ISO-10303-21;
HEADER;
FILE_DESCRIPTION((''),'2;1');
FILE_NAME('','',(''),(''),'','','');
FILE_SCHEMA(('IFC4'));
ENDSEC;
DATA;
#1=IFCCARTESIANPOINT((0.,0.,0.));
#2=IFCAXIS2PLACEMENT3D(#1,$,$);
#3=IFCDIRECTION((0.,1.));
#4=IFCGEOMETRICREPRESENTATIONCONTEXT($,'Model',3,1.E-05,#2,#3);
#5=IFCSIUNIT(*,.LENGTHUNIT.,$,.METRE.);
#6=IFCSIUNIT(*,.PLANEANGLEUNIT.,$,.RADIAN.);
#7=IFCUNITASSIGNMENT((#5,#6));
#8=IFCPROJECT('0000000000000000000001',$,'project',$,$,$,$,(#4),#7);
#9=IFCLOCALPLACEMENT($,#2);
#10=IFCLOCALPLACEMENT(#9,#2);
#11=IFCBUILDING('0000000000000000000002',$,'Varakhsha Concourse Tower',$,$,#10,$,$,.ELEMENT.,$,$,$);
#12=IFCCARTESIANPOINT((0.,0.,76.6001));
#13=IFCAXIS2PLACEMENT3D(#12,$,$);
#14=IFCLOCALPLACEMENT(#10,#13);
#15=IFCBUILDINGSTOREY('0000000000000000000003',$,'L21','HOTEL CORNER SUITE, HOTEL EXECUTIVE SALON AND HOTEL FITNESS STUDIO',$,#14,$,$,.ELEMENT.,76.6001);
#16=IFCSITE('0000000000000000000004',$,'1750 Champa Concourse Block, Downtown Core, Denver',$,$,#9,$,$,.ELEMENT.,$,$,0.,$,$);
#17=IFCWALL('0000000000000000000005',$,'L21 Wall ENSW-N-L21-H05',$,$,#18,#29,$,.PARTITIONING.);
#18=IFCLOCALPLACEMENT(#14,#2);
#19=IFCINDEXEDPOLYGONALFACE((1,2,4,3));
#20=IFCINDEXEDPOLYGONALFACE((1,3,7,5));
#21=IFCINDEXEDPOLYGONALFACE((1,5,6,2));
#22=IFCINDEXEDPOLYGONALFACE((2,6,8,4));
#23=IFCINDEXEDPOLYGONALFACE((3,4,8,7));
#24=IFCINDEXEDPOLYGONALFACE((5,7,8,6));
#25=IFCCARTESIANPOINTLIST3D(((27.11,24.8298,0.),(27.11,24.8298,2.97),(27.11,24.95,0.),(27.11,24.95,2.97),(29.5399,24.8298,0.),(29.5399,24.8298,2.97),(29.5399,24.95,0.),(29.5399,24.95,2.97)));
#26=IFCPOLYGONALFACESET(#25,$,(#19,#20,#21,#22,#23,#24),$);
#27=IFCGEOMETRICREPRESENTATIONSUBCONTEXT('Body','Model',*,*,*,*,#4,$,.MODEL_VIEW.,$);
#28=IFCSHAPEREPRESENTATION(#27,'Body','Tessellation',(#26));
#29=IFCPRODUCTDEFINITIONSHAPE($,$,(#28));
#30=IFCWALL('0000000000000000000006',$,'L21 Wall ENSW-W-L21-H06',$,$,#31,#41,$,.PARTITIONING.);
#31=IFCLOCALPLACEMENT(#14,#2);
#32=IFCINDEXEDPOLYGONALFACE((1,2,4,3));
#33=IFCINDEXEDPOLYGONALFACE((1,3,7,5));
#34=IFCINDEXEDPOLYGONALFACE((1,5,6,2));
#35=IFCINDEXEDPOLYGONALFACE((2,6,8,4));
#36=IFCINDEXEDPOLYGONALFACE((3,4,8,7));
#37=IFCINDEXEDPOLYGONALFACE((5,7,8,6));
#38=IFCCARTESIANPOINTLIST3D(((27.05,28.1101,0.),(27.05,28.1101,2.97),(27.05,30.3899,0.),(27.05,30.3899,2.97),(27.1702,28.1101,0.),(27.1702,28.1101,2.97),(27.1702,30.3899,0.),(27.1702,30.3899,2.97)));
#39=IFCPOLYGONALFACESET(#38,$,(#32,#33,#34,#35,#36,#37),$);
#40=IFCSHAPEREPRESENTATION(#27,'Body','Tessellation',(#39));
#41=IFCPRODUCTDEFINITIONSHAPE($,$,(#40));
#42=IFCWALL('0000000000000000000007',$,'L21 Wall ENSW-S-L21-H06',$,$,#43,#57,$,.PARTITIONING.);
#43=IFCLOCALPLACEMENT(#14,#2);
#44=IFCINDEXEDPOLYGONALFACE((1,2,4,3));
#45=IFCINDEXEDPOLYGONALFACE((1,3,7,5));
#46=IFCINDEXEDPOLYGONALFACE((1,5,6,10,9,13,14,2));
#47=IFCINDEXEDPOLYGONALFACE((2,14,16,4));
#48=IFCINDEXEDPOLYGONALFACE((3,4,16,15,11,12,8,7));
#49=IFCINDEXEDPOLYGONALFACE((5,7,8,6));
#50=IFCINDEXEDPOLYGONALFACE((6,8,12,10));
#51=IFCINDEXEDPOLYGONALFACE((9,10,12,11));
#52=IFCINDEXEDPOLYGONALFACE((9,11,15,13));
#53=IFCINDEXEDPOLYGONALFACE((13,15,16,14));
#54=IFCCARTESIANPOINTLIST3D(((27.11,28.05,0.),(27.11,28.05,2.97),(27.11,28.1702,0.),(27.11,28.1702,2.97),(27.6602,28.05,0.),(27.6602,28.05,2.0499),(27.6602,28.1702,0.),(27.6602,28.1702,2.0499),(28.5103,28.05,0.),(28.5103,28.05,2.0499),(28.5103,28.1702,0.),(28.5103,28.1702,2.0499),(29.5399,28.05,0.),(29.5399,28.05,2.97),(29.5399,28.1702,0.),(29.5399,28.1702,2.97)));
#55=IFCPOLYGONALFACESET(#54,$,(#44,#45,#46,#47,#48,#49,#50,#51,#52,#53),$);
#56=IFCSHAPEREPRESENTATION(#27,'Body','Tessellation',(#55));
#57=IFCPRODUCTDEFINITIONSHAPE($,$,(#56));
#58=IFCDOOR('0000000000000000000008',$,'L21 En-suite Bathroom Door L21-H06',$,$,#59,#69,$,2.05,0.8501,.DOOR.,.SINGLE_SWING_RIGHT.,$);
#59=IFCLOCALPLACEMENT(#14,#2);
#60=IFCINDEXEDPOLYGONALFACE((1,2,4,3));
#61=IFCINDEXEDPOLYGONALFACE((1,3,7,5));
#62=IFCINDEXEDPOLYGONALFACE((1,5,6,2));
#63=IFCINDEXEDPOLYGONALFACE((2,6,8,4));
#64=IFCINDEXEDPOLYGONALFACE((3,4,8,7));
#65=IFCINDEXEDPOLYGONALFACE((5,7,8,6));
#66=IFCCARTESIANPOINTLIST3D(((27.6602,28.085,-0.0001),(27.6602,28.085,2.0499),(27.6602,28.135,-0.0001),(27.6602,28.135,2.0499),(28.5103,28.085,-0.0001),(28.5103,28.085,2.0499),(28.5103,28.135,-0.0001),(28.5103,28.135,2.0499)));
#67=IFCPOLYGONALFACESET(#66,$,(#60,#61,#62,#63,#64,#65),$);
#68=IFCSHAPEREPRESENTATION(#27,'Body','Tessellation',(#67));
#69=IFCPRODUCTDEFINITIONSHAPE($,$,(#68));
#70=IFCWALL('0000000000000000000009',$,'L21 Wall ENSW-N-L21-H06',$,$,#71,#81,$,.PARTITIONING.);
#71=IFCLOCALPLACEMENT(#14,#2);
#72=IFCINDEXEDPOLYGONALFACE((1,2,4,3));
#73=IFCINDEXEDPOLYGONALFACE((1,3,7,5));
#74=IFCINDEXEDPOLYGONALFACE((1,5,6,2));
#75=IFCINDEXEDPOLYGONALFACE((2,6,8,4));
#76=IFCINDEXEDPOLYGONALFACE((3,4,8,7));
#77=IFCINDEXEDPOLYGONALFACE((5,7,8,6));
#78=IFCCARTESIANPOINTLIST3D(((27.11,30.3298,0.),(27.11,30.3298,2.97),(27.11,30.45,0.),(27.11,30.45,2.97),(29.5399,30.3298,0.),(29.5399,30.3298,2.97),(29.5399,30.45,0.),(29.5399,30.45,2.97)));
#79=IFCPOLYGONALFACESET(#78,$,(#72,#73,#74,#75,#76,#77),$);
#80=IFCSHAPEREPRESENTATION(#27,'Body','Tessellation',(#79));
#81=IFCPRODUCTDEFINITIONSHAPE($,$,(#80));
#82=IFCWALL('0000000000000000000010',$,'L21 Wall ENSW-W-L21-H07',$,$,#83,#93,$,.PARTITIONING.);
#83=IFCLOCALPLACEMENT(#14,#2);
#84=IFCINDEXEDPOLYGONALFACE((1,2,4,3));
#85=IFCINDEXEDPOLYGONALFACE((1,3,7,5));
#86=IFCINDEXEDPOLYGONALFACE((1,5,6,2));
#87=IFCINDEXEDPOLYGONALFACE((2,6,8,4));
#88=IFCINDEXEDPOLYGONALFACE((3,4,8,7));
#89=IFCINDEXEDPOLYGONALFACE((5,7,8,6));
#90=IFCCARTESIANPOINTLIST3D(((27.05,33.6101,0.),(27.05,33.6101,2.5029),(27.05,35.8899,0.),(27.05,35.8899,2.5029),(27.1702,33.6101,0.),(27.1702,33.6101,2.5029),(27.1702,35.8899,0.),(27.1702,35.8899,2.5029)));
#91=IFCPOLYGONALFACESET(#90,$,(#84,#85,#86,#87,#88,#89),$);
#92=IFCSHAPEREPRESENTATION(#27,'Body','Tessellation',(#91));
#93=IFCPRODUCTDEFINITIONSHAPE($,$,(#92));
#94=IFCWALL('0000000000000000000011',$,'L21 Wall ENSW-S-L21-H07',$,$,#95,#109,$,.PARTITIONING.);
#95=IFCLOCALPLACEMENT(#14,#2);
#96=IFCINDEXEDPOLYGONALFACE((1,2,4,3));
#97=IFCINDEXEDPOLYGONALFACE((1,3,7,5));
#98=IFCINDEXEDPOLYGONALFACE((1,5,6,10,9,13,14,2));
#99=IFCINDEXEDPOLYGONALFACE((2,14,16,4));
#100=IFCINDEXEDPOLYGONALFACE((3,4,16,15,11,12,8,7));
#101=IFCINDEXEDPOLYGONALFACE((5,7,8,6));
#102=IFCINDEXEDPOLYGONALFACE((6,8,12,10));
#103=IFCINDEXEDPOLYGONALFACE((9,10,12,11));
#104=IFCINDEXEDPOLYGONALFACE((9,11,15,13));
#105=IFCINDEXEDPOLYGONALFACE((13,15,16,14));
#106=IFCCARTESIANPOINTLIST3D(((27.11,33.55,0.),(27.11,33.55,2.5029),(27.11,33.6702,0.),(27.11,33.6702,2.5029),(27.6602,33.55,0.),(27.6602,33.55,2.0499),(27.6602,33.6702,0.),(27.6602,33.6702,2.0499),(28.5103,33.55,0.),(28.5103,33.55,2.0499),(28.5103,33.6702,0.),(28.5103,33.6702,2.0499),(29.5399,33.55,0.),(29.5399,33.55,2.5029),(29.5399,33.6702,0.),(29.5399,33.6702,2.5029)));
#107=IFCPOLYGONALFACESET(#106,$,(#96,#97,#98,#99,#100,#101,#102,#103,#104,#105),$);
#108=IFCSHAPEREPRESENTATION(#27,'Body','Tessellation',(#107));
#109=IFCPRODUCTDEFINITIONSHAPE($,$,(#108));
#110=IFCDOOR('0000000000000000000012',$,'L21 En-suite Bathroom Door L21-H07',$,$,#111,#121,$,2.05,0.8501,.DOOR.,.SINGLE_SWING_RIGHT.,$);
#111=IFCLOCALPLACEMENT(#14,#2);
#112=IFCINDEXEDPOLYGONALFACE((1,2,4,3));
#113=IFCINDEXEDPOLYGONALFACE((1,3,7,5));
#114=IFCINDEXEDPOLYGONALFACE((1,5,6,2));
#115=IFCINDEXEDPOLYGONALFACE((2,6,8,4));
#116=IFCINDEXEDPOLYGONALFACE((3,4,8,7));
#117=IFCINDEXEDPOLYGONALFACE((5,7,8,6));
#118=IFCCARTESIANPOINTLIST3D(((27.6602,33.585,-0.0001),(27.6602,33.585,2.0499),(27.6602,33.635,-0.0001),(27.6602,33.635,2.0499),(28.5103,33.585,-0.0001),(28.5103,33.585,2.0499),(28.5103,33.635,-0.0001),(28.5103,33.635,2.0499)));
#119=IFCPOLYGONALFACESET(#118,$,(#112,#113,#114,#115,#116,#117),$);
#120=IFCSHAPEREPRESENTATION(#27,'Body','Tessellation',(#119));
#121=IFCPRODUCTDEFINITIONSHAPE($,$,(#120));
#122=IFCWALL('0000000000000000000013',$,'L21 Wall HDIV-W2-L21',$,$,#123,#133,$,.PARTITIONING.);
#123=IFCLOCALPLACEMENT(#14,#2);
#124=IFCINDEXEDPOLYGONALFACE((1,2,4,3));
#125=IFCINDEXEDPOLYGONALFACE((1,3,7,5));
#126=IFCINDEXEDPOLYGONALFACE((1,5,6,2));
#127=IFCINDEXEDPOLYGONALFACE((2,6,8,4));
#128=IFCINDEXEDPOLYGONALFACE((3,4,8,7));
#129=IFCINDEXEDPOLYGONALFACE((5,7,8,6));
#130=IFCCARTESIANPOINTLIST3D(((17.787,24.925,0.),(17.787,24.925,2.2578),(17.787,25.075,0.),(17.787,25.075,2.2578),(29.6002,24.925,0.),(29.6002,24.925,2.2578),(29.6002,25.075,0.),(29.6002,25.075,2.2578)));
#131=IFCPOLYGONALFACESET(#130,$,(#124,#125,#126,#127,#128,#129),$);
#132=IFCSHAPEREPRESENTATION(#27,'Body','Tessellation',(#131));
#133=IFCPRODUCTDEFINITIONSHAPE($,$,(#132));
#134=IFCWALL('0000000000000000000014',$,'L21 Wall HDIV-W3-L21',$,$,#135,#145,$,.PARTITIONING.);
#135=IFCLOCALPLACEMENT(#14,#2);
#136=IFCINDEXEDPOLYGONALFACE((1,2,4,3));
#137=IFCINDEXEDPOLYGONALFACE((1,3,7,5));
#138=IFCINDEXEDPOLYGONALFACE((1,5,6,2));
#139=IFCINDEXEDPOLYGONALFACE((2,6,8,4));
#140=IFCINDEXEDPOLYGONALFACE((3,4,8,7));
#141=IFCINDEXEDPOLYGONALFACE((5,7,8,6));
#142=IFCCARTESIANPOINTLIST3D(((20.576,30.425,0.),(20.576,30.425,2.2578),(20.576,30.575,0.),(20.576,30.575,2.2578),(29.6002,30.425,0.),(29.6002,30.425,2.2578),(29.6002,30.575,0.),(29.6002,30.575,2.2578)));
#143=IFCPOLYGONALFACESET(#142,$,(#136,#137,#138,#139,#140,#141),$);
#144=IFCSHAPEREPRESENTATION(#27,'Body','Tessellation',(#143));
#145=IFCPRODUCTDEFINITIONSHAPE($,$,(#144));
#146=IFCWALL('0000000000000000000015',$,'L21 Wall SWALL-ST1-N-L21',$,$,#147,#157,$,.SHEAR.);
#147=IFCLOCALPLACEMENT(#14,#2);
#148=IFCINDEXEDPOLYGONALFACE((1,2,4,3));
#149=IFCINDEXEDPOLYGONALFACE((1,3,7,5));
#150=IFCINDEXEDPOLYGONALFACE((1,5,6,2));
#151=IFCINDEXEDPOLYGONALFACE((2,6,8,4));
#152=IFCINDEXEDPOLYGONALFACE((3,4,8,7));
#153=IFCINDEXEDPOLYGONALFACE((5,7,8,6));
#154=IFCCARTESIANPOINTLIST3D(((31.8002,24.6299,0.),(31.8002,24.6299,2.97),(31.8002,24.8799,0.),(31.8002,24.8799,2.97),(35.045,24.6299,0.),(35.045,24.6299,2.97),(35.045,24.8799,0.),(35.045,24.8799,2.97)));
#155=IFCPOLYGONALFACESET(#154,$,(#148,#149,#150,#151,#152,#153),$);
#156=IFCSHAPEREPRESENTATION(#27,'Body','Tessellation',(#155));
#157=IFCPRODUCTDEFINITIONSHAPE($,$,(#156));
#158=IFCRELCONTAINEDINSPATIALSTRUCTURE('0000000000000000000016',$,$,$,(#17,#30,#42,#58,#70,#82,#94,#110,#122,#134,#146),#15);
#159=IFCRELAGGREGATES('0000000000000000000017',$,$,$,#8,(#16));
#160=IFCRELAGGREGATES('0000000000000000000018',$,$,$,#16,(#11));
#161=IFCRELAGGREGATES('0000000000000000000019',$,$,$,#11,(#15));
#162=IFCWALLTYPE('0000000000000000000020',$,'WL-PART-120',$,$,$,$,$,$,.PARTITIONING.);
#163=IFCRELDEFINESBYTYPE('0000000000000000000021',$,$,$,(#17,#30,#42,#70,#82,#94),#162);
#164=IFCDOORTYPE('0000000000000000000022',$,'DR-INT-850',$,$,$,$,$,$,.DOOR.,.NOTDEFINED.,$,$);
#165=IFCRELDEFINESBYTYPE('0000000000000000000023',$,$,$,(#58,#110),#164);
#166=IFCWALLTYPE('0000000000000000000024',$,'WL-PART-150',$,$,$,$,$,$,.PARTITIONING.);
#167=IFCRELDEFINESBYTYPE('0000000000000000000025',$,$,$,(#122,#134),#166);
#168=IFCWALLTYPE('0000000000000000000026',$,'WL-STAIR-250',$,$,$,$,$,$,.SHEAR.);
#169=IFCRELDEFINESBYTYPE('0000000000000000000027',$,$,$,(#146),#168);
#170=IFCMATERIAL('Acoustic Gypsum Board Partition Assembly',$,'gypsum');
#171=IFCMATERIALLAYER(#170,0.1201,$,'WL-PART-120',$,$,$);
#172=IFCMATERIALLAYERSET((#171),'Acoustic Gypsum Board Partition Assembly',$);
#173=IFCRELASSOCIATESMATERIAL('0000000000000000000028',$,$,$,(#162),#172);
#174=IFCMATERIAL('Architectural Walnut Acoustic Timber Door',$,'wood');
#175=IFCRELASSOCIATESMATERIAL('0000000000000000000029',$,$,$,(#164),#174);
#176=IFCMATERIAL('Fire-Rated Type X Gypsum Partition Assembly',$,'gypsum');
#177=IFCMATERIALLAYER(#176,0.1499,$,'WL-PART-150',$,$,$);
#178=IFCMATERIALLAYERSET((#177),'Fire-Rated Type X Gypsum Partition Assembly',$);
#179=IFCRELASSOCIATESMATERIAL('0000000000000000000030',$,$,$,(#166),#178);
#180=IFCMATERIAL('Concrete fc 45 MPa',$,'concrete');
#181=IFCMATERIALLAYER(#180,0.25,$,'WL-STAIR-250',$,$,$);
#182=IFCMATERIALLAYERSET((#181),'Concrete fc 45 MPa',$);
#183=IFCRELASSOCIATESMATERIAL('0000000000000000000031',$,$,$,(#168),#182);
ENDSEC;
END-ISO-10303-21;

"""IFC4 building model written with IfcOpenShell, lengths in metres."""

from ifc_helpers import new_model, si_unit, direction, frame, frame_2d, origin, place, context, subcontext, project, spatial, rectangle, extrude, material, layer, layer_set, type_object, element, fill, save


model = new_model("IFC4")

# Units and contexts
model_context = context("Model", 3, precision=1e-05, world=origin(), true_north=direction((0.0, 1.0)))
body_context = subcontext(model_context, "Body", "Model", "MODEL_VIEW")
ifc_project = project(units=[si_unit("LENGTHUNIT", "METRE"), si_unit("PLANEANGLEUNIT", "RADIAN")], contexts=[model_context])

# Site, building, storey
site_placement = place(None, origin())
site = spatial("IfcSite", under=ifc_project, at=site_placement, Name="1750 Champa Concourse Block, Downtown Core, Denver", CompositionType="ELEMENT", RefElevation=0.0)
building_placement = place(site_placement, origin())
building = spatial("IfcBuilding", under=site, at=building_placement, Name="Varakhsha Concourse Tower", CompositionType="ELEMENT")
storey_placement = place(building_placement, frame((0.0, 0.0, 76.6001)))
storey = spatial("IfcBuildingStorey", under=building, at=storey_placement, Name="L21", Description="HOTEL CORNER SUITE, HOTEL EXECUTIVE SALON AND HOTEL FITNESS STUDIO", CompositionType="ELEMENT", Elevation=76.6001)

# Shared definitions
ifc_material_1 = material(Name="Acoustic Gypsum Board Partition Assembly", Category="gypsum")
ifc_layer_1 = layer(ifc_material_1, 0.1201, Name="WL-PART-120")
ifc_layer_set_1 = layer_set([ifc_layer_1], Name="Acoustic Gypsum Board Partition Assembly")
wall_type_1 = type_object("IfcWallType", Name="WL-PART-120", PredefinedType="PARTITIONING", material=ifc_layer_set_1)

# Shared definitions
ifc_material_2 = material(Name="Architectural Walnut Acoustic Timber Door", Category="wood")
door_type = type_object("IfcDoorType", Name="DR-INT-850", OperationType="NOTDEFINED", PredefinedType="DOOR", material=ifc_material_2)

# Walls
wall_1_placement = place(storey_placement, frame((27.1101, 24.8899, 0.0), z_axis=(0.0, 0.0, 1.0), x_axis=(1.0, 0.0, 0.0)))
element("IfcWall", 1, at=wall_1_placement, inside=storey, type_object=wall_type_1, Name="L21 Wall ENSW-N-L21-H05", PredefinedType="PARTITIONING", context=body_context, shape_type="SweptSolid", body=[
    extrude(rectangle(XDim=2.4299, YDim=0.1201, at=frame_2d((1.2148, 0.0))), origin(), (0.0, 0.0, 1.0), 2.97),
])
wall_2_placement = place(storey_placement, frame((27.1101, 28.1101, 0.0), z_axis=(0.0, 0.0, 1.0), x_axis=(0.0, 1.0, 0.0)))
element("IfcWall", 2, at=wall_2_placement, inside=storey, type_object=wall_type_1, Name="L21 Wall ENSW-W-L21-H06", PredefinedType="PARTITIONING", context=body_context, shape_type="SweptSolid", body=[
    extrude(rectangle(XDim=2.2798, YDim=0.1201, at=frame_2d((1.1399, 0.0))), origin(), (0.0, 0.0, 1.0), 2.97),
])

# Wall, opening, door
wall_3_placement = place(storey_placement, frame((27.1101, 28.1101, 0.0), z_axis=(0.0, 0.0, 1.0), x_axis=(1.0, 0.0, 0.0)))
wall_3 = element("IfcWall", 3, at=wall_3_placement, inside=storey, type_object=wall_type_1, Name="L21 Wall ENSW-S-L21-H06", PredefinedType="PARTITIONING", context=body_context, shape_type="SweptSolid", body=[
    extrude(rectangle(XDim=2.4299, YDim=0.1201, at=frame_2d((1.2148, 0.0))), origin(), (0.0, 0.0, 1.0), 2.97),
])
opening_1_placement = place(wall_3_placement, frame((0.55, 0.0, 0.0)))
opening_1 = element("IfcOpeningElement", 4, at=opening_1_placement, cuts=wall_3, PredefinedType="OPENING", context=body_context, shape_type="SweptSolid", body=[
    extrude(rectangle(XDim=0.8501, YDim=2.05, at=frame_2d((0.425, 1.0249))), frame((0.0, 0.0701, 0.0), z_axis=(0.0, -1.0, 0.0), x_axis=(1.0, 0.0, 0.0)), (0.0, 0.0, 1.0), 0.1401),
])
door_1_placement = place(opening_1_placement, origin())
door_1 = element("IfcDoor", 5, at=door_1_placement, inside=storey, type_object=door_type, Name="L21 En-suite Bathroom Door L21-H06", OperationType="SINGLE_SWING_RIGHT", OverallHeight=2.05, OverallWidth=0.8501, PredefinedType="DOOR", context=body_context, shape_type="SweptSolid", body=[
    extrude(rectangle(XDim=0.8501, YDim=2.05, at=frame_2d((0.425, 1.0249))), frame((0.0, 0.0249, 0.0), z_axis=(0.0, -1.0, 0.0), x_axis=(1.0, 0.0, 0.0)), (0.0, 0.0, 1.0), 0.05),
])
fill(opening_1, door_1)

# Walls
wall_4_placement = place(storey_placement, frame((27.1101, 30.3899, 0.0), z_axis=(0.0, 0.0, 1.0), x_axis=(1.0, 0.0, 0.0)))
element("IfcWall", 6, at=wall_4_placement, inside=storey, type_object=wall_type_1, Name="L21 Wall ENSW-N-L21-H06", PredefinedType="PARTITIONING", context=body_context, shape_type="SweptSolid", body=[
    extrude(rectangle(XDim=2.4299, YDim=0.1201, at=frame_2d((1.2148, 0.0))), origin(), (0.0, 0.0, 1.0), 2.97),
])
wall_5_placement = place(storey_placement, frame((27.1101, 33.6101, 0.0), z_axis=(0.0, 0.0, 1.0), x_axis=(0.0, 1.0, 0.0)))
element("IfcWall", 7, at=wall_5_placement, inside=storey, type_object=wall_type_1, Name="L21 Wall ENSW-W-L21-H07", PredefinedType="PARTITIONING", context=body_context, shape_type="SweptSolid", body=[
    extrude(rectangle(XDim=2.2798, YDim=0.1201, at=frame_2d((1.1399, 0.0))), origin(), (0.0, 0.0, 1.0), 2.5029),
])

# Wall, opening, door
wall_6_placement = place(storey_placement, frame((27.1101, 33.6101, 0.0), z_axis=(0.0, 0.0, 1.0), x_axis=(1.0, 0.0, 0.0)))
wall_6 = element("IfcWall", 8, at=wall_6_placement, inside=storey, type_object=wall_type_1, Name="L21 Wall ENSW-S-L21-H07", PredefinedType="PARTITIONING", context=body_context, shape_type="SweptSolid", body=[
    extrude(rectangle(XDim=2.4299, YDim=0.1201, at=frame_2d((1.2148, 0.0))), origin(), (0.0, 0.0, 1.0), 2.5029),
])
opening_2_placement = place(wall_6_placement, frame((0.55, 0.0, 0.0)))
opening_2 = element("IfcOpeningElement", 9, at=opening_2_placement, cuts=wall_6, PredefinedType="OPENING", context=body_context, shape_type="SweptSolid", body=[
    extrude(rectangle(XDim=0.8501, YDim=2.05, at=frame_2d((0.425, 1.0249))), frame((0.0, 0.0701, 0.0), z_axis=(0.0, -1.0, 0.0), x_axis=(1.0, 0.0, 0.0)), (0.0, 0.0, 1.0), 0.1401),
])
door_2_placement = place(opening_2_placement, origin())
door_2 = element("IfcDoor", 10, at=door_2_placement, inside=storey, type_object=door_type, Name="L21 En-suite Bathroom Door L21-H07", OperationType="SINGLE_SWING_RIGHT", OverallHeight=2.05, OverallWidth=0.8501, PredefinedType="DOOR", context=body_context, shape_type="SweptSolid", body=[
    extrude(rectangle(XDim=0.8501, YDim=2.05, at=frame_2d((0.425, 1.0249))), frame((0.0, 0.0249, 0.0), z_axis=(0.0, -1.0, 0.0), x_axis=(1.0, 0.0, 0.0)), (0.0, 0.0, 1.0), 0.05),
])
fill(opening_2, door_2)

# Walls
ifc_material_3 = material(Name="Fire-Rated Type X Gypsum Partition Assembly", Category="gypsum")
ifc_layer_2 = layer(ifc_material_3, 0.1499, Name="WL-PART-150")
ifc_layer_set_2 = layer_set([ifc_layer_2], Name="Fire-Rated Type X Gypsum Partition Assembly")
wall_type_2 = type_object("IfcWallType", Name="WL-PART-150", PredefinedType="PARTITIONING", material=ifc_layer_set_2)
wall_7_placement = place(storey_placement, frame((17.7869, 25.0, 0.0), z_axis=(0.0, 0.0, 1.0), x_axis=(1.0, 0.0, 0.0)))
element("IfcWall", 11, at=wall_7_placement, inside=storey, type_object=wall_type_2, Name="L21 Wall HDIV-W2-L21", PredefinedType="PARTITIONING", context=body_context, shape_type="SweptSolid", body=[
    extrude(rectangle(XDim=11.8132, YDim=0.1499, at=frame_2d((5.9067, 0.0))), origin(), (0.0, 0.0, 1.0), 2.2578),
])
wall_8_placement = place(storey_placement, frame((20.5759, 30.5, 0.0), z_axis=(0.0, 0.0, 1.0), x_axis=(1.0, 0.0, 0.0)))
element("IfcWall", 12, at=wall_8_placement, inside=storey, type_object=wall_type_2, Name="L21 Wall HDIV-W3-L21", PredefinedType="PARTITIONING", context=body_context, shape_type="SweptSolid", body=[
    extrude(rectangle(XDim=9.0242, YDim=0.1499, at=frame_2d((4.5122, 0.0))), origin(), (0.0, 0.0, 1.0), 2.2578),
])
ifc_material_4 = material(Name="Concrete fc 45 MPa", Category="concrete")
ifc_layer_3 = layer(ifc_material_4, 0.25, Name="WL-STAIR-250")
ifc_layer_set_3 = layer_set([ifc_layer_3], Name="Concrete fc 45 MPa")
wall_type_3 = type_object("IfcWallType", Name="WL-STAIR-250", PredefinedType="SHEAR", material=ifc_layer_set_3)
wall_9_placement = place(storey_placement, frame((31.8, 24.7549, 0.0), z_axis=(0.0, 0.0, 1.0), x_axis=(1.0, 0.0, 0.0)))
element("IfcWall", 13, at=wall_9_placement, inside=storey, type_object=wall_type_3, Name="L21 Wall SWALL-ST1-N-L21", PredefinedType="SHEAR", context=body_context, shape_type="SweptSolid", body=[
    extrude(rectangle(XDim=3.2449, YDim=0.25, at=frame_2d((1.6226, 0.0))), origin(), (0.0, 0.0, 1.0), 2.97),
])

save(model, "model.ifc")
